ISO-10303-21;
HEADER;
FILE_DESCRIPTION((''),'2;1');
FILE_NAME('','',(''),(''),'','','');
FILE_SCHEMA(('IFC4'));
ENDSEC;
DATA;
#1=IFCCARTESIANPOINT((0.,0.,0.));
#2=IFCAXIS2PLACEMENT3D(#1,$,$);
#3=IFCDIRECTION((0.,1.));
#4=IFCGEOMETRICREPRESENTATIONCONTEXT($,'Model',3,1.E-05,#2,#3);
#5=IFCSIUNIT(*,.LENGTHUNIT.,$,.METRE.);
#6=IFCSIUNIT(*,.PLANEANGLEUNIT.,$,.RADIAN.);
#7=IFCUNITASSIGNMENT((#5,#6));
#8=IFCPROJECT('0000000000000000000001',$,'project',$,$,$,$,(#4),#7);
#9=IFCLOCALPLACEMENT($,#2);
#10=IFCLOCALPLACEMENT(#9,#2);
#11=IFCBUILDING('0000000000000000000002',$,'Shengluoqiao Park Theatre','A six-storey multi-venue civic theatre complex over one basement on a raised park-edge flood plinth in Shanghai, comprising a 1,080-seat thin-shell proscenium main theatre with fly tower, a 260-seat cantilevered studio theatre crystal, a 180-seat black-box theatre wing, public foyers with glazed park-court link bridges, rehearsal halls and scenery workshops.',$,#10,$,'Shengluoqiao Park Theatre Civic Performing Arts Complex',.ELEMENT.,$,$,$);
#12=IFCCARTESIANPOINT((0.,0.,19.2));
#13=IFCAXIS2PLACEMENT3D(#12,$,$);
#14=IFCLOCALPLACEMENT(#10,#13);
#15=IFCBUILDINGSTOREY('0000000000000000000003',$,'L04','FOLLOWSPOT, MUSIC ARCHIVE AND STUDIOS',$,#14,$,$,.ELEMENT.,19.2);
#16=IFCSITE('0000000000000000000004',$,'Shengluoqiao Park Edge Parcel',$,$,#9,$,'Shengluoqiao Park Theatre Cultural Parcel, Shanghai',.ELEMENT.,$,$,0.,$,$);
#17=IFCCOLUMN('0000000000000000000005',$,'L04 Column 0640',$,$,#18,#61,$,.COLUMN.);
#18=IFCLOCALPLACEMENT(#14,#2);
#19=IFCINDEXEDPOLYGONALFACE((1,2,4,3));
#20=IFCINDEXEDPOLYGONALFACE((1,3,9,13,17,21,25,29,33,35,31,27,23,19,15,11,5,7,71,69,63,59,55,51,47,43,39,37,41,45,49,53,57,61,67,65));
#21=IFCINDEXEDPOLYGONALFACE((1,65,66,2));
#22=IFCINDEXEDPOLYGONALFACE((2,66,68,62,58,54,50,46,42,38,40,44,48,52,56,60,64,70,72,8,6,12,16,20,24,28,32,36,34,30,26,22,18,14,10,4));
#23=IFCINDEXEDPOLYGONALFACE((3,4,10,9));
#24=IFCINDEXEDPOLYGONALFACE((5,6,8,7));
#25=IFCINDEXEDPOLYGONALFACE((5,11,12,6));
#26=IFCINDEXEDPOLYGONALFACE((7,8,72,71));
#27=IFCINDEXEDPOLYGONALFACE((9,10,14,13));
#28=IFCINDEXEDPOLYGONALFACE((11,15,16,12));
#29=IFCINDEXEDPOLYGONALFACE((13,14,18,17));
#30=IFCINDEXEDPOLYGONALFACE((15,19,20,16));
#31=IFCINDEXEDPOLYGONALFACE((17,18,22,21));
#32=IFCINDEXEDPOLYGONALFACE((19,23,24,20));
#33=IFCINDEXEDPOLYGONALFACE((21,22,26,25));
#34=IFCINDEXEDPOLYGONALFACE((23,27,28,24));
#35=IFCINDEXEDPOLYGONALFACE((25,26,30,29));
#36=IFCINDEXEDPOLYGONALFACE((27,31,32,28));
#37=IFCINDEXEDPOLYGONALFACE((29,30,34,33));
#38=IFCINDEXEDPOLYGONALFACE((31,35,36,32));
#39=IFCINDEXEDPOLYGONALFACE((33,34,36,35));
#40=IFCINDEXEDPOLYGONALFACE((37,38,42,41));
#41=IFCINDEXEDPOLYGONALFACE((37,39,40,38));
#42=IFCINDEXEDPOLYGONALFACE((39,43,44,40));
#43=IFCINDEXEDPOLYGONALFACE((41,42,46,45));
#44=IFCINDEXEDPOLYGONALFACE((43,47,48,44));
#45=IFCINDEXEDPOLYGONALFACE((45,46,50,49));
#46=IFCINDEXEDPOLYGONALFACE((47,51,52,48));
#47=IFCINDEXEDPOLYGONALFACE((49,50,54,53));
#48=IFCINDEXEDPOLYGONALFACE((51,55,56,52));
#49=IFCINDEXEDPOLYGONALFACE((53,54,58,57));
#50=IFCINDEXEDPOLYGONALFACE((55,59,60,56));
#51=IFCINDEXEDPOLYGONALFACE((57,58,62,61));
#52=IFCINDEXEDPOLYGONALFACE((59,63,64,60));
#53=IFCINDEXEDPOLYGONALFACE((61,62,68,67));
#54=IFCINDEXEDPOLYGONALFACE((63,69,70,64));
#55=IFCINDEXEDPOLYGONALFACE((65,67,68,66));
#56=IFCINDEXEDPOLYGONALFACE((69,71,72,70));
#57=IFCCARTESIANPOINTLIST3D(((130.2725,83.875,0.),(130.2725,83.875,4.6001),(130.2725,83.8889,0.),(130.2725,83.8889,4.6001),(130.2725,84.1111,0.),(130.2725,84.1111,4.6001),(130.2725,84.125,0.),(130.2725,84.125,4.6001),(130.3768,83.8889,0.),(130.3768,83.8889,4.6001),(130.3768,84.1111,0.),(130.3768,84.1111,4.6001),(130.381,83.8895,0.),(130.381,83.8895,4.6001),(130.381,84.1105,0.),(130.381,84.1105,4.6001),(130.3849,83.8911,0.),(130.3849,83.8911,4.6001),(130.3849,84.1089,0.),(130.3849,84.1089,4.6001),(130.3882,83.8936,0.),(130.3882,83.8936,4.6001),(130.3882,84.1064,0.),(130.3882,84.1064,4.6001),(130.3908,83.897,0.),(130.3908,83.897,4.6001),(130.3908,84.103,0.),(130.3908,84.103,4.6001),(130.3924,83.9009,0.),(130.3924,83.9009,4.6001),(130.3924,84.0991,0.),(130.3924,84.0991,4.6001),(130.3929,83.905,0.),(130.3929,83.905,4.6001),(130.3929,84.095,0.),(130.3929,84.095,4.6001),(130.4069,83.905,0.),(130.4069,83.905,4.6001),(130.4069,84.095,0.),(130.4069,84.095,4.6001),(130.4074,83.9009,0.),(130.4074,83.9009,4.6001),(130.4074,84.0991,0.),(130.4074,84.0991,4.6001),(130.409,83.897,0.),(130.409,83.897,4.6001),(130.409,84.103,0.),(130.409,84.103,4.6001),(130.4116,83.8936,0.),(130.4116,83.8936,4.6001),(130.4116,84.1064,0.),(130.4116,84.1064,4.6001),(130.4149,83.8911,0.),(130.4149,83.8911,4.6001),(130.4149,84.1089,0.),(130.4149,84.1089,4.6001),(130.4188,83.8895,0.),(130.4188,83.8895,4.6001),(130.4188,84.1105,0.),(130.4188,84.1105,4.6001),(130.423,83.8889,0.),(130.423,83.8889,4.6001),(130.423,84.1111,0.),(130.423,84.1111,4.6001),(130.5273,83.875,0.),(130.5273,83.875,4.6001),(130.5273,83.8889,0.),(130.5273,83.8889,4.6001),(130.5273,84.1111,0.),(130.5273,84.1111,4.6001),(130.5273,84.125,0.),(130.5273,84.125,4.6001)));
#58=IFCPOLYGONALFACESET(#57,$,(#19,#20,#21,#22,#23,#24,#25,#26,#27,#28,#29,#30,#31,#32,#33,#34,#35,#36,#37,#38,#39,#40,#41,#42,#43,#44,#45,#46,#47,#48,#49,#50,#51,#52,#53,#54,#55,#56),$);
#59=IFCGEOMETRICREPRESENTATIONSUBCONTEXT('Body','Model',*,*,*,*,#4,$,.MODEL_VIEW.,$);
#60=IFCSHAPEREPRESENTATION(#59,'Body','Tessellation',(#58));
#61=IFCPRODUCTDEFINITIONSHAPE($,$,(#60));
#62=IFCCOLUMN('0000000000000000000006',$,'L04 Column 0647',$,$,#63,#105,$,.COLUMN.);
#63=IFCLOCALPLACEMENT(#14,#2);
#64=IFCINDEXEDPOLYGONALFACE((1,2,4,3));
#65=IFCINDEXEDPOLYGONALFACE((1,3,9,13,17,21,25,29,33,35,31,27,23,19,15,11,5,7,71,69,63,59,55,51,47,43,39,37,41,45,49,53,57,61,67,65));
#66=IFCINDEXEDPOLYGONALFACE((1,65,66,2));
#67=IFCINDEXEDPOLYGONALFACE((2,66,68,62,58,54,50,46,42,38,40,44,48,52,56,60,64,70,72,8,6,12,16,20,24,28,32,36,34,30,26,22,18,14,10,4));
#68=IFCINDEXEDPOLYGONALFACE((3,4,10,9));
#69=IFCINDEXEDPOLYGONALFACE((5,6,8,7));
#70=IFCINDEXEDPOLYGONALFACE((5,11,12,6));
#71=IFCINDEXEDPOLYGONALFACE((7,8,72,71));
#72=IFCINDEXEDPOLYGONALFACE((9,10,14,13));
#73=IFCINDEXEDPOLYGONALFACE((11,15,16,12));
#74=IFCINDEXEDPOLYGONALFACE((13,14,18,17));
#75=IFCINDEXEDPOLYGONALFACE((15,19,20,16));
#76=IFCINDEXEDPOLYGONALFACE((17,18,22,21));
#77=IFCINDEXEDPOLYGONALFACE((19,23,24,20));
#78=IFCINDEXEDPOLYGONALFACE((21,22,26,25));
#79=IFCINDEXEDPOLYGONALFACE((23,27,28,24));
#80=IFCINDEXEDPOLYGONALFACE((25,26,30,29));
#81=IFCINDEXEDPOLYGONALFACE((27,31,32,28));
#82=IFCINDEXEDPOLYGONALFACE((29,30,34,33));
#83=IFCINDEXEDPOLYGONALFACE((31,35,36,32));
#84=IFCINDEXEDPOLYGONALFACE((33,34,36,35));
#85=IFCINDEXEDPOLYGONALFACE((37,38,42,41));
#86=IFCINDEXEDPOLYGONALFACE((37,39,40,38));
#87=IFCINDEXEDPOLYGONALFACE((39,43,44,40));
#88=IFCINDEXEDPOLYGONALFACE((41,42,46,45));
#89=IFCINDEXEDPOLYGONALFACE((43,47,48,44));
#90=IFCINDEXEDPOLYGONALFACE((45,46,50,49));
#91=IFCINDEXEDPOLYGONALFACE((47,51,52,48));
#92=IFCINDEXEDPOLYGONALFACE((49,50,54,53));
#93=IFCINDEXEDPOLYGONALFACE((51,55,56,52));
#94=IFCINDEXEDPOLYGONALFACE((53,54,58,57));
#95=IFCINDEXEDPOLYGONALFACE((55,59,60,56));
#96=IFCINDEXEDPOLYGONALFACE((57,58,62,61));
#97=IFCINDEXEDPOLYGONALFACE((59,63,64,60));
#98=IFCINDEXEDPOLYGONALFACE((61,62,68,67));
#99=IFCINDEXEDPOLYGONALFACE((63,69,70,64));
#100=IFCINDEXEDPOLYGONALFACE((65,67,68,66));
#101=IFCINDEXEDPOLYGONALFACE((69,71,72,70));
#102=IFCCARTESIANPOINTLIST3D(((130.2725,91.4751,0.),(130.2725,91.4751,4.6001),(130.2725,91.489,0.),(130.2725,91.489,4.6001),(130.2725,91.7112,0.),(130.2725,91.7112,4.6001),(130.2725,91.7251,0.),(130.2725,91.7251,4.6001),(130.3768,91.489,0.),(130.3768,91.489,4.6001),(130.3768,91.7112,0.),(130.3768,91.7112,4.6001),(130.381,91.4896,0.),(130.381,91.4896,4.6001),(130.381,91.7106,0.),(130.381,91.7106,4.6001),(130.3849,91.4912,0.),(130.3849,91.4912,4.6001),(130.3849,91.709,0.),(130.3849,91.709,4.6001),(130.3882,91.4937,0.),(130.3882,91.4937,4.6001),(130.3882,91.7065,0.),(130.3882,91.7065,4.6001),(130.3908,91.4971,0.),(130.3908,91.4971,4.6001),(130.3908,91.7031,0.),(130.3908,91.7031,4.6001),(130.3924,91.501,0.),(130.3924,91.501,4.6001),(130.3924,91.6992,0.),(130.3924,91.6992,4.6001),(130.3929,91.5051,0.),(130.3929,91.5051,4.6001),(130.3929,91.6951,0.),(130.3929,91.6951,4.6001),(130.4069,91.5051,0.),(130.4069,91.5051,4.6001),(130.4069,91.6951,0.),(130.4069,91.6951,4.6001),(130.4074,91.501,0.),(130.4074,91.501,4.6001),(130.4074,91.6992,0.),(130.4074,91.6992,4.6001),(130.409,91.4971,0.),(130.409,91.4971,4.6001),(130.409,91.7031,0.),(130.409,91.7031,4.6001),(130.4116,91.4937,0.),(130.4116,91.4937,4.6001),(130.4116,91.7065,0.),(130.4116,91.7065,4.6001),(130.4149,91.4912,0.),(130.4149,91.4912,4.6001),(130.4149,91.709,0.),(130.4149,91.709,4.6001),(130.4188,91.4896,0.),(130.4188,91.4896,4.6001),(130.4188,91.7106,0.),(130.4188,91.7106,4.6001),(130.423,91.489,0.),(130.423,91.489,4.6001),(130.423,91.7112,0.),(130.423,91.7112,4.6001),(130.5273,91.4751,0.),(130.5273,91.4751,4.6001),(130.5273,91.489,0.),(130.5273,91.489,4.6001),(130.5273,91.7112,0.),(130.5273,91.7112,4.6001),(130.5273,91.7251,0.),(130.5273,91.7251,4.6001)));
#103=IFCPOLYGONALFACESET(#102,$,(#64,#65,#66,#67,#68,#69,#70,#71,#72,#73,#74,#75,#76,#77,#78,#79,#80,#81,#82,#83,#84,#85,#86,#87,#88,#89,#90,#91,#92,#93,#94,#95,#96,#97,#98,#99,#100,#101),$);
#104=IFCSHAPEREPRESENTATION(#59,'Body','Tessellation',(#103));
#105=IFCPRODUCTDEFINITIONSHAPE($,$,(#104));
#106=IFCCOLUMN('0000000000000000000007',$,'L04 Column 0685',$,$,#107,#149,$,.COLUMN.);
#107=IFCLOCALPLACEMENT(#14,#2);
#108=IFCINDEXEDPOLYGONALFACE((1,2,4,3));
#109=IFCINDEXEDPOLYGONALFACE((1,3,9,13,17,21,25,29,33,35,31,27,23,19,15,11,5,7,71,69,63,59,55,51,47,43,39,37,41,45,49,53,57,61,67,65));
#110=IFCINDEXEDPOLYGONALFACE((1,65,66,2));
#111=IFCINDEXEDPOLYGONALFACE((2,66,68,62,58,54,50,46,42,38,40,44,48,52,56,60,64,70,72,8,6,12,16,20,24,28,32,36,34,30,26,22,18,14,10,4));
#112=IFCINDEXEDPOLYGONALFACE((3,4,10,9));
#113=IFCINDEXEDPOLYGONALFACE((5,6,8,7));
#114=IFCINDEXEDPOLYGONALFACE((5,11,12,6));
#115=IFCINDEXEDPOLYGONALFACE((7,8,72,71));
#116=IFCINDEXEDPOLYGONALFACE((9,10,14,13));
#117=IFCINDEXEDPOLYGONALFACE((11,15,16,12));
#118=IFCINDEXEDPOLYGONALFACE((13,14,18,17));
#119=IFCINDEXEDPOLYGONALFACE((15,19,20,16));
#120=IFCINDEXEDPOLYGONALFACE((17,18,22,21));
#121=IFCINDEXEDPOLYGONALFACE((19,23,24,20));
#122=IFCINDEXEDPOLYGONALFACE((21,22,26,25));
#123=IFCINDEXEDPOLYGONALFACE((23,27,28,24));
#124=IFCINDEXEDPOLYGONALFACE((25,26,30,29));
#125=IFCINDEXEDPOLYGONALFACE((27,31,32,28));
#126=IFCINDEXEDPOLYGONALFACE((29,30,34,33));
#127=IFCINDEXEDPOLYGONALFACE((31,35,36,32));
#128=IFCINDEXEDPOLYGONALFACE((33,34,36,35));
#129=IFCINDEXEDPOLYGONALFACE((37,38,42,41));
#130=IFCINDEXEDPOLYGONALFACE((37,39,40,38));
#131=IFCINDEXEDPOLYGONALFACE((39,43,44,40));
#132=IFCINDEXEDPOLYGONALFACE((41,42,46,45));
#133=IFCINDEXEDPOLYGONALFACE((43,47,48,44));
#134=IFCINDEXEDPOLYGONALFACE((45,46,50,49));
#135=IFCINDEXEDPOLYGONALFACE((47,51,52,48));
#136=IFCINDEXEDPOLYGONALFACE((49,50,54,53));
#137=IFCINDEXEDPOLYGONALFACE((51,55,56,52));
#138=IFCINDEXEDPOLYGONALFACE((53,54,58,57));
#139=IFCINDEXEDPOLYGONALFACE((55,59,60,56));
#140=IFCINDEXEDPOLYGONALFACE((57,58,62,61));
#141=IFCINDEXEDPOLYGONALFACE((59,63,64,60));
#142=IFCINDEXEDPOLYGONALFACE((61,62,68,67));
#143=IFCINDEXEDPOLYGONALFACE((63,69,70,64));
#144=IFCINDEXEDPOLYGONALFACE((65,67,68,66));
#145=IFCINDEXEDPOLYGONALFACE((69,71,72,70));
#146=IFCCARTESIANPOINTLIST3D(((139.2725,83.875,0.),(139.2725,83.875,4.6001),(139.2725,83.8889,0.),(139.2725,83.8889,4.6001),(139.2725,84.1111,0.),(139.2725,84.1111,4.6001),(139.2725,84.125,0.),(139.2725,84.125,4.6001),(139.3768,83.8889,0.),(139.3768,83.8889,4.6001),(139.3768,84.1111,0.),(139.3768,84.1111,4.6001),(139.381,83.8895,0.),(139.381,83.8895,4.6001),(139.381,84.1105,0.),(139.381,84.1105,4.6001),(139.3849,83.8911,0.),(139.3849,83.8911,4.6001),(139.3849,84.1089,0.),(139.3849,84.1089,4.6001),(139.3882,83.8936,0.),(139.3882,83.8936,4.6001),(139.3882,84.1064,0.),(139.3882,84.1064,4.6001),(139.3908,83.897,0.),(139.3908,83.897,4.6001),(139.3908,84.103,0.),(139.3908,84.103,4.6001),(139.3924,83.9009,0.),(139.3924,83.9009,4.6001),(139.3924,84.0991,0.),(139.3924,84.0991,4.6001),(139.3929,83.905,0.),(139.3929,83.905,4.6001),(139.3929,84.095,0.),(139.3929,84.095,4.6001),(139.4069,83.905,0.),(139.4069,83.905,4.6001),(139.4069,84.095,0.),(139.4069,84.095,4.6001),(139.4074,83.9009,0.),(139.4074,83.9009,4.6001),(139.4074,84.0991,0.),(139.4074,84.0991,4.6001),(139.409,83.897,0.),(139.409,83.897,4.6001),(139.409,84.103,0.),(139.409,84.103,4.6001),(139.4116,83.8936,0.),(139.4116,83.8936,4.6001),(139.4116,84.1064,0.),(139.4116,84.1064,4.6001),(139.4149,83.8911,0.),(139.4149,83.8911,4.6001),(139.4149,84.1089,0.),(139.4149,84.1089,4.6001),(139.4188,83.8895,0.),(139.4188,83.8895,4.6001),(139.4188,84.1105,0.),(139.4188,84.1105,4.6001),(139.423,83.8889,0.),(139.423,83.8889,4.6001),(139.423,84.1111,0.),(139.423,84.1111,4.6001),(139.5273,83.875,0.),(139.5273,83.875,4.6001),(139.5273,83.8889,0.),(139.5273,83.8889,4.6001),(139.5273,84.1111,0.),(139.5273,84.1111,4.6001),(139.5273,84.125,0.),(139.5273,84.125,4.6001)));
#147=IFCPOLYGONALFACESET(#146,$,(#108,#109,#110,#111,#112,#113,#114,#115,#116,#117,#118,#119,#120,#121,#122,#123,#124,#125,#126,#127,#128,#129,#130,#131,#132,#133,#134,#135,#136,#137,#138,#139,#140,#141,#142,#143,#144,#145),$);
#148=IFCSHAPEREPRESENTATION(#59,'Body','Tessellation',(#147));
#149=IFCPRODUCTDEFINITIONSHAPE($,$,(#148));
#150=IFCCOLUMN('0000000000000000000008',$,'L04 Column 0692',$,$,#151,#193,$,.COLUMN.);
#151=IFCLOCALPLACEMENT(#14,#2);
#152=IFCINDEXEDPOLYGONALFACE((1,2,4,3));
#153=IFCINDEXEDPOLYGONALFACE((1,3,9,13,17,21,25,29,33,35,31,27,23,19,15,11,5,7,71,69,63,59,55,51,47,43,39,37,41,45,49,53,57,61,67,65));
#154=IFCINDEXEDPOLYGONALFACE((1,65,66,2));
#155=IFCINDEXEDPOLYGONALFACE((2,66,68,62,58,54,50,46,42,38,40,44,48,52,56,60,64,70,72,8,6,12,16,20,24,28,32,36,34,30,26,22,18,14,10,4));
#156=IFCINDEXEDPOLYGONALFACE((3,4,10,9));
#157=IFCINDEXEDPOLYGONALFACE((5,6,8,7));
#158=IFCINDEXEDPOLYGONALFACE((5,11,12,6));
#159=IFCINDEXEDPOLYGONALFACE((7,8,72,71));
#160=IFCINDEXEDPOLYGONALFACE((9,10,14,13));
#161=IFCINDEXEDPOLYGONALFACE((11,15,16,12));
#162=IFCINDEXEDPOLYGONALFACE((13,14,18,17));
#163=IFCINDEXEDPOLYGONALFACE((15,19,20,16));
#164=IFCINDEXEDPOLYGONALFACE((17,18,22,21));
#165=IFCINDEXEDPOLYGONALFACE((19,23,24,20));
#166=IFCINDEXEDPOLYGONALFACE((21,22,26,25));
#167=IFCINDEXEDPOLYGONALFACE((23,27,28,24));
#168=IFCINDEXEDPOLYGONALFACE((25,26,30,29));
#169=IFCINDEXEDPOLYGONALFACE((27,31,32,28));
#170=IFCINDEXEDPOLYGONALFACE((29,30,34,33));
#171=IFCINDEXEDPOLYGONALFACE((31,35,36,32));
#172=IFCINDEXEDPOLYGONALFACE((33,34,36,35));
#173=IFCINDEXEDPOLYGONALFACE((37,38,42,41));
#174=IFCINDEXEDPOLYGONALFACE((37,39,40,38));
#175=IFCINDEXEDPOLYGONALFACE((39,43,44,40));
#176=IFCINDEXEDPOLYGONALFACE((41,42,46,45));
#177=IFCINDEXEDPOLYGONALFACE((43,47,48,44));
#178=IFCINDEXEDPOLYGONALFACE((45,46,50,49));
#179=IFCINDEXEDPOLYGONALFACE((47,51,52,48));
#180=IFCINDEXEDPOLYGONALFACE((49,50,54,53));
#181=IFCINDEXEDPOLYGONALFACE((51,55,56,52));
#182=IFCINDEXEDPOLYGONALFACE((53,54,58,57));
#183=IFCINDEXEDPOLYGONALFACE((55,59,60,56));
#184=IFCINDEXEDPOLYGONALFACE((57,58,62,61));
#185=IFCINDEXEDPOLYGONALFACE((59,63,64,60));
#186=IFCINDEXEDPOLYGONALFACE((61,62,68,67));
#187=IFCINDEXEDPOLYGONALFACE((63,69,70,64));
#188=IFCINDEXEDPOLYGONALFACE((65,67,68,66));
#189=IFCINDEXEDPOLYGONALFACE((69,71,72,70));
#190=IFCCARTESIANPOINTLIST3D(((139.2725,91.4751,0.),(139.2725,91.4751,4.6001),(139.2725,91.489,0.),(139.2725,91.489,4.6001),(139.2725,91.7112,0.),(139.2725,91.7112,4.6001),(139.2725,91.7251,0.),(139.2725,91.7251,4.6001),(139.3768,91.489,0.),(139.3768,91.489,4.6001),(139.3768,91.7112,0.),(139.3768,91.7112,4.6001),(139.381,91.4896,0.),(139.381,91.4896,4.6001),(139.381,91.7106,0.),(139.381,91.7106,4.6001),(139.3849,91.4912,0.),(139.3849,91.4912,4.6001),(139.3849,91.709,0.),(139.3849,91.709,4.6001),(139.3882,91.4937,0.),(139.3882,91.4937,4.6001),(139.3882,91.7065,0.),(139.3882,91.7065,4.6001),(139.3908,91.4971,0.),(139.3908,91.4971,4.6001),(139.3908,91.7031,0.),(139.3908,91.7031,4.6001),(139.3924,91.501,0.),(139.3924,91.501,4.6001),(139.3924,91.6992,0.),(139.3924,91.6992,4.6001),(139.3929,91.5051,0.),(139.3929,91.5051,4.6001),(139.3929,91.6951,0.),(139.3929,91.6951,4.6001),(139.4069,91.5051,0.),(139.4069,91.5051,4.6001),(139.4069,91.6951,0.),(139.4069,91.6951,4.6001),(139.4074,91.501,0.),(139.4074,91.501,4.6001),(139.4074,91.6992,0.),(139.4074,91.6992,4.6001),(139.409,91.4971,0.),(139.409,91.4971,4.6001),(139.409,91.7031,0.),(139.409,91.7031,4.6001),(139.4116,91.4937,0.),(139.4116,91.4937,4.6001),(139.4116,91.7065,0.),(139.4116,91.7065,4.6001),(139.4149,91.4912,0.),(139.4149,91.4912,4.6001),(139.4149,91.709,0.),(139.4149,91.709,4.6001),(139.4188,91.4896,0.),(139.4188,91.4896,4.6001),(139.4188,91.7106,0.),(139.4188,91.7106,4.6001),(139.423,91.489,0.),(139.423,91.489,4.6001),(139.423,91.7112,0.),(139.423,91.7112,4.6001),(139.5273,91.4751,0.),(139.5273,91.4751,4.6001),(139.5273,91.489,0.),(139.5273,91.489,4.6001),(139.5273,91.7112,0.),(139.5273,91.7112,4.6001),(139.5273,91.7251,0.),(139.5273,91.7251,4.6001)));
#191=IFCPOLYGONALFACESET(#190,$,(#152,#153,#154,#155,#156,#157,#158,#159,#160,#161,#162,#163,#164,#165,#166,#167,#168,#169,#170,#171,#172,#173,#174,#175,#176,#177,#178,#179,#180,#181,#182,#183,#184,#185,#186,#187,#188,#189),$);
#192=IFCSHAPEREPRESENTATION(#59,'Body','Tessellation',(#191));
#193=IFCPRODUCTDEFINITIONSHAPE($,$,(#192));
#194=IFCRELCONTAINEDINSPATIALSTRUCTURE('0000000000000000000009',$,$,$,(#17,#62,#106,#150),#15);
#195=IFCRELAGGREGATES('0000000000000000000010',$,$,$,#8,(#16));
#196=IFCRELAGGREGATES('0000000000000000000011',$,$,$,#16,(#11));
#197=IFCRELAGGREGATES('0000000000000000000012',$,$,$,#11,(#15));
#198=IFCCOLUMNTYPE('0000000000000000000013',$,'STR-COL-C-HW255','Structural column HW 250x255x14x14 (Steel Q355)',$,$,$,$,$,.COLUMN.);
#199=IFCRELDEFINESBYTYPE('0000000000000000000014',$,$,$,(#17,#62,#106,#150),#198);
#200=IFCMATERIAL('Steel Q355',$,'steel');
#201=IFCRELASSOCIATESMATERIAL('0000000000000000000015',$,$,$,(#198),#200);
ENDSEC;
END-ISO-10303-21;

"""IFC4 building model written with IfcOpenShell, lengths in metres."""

from ifc_helpers import new_model, si_unit, direction, frame, origin, origin_2d, place, context, subcontext, project, spatial, i_section, extrude, material, material_profile, profile_set, type_object, element, save


model = new_model("IFC4")

# Units and contexts
model_context = context("Model", 3, precision=1e-05, world=origin(), true_north=direction((0.0, 1.0)))
body_context = subcontext(model_context, "Body", "Model", "MODEL_VIEW")
ifc_project = project(units=[si_unit("LENGTHUNIT", "METRE"), si_unit("PLANEANGLEUNIT", "RADIAN")], contexts=[model_context])

# Site, building, storey
site_placement = place(None, origin())
site = spatial("IfcSite", under=ifc_project, at=site_placement, Name="Shengluoqiao Park Edge Parcel", LongName="Shengluoqiao Park Theatre Cultural Parcel, Shanghai", CompositionType="ELEMENT", RefElevation=0.0)
building_placement = place(site_placement, origin())
building = spatial("IfcBuilding", under=site, at=building_placement, Name="Shengluoqiao Park Theatre", Description="A six-storey multi-venue civic theatre complex over one basement on a raised park-edge flood plinth in Shanghai, comprising a 1,080-seat thin-shell proscenium main theatre with fly tower, a 260-seat cantilevered studio theatre crystal, a 180-seat black-box theatre wing, public foyers with glazed park-court link bridges, rehearsal halls and scenery workshops.", LongName="Shengluoqiao Park Theatre Civic Performing Arts Complex", CompositionType="ELEMENT")
storey_placement = place(building_placement, frame((0.0, 0.0, 19.2)))
storey = spatial("IfcBuildingStorey", under=building, at=storey_placement, Name="L04", Description="FOLLOWSPOT, MUSIC ARCHIVE AND STUDIOS", CompositionType="ELEMENT", Elevation=19.2)

# Columns
ifc_material_1 = material(Name="Steel Q355", Category="steel")
ifc_material_profile_1 = material_profile(ifc_material_1, i_section(OverallWidth=0.2549, OverallDepth=0.25, WebThickness=0.0139, FlangeThickness=0.0139, FilletRadius=0.0161, at=origin_2d()), Name="HW 250x255x14x14")
ifc_profile_set_1 = profile_set([ifc_material_profile_1], Name="Steel Q355")
column_type = type_object("IfcColumnType", Name="STR-COL-C-HW255", Description="Structural column HW 250x255x14x14 (Steel Q355)", PredefinedType="COLUMN", material=ifc_profile_set_1)
for number, where, z_axis, x_axis, name in (
    (1, (130.3999, 84.0, 0.0), (0.0, 0.0, 1.0), (1.0, 0.0, 0.0), "L04 Column 0640"),
    (2, (130.3999, 91.6001, 0.0), (0.0, 0.0, 1.0), (1.0, 0.0, 0.0), "L04 Column 0647"),
    (3, (139.3999, 84.0, 0.0), (0.0, 0.0, 1.0), (1.0, 0.0, 0.0), "L04 Column 0685"),
    (4, (139.3999, 91.6001, 0.0), (0.0, 0.0, 1.0), (1.0, 0.0, 0.0), "L04 Column 0692"),
):
    element("IfcColumn", number, at=place(storey_placement, frame(where, z_axis=z_axis, x_axis=x_axis)), inside=storey, type_object=column_type, Name=name, PredefinedType="COLUMN", context=body_context, shape_type="SweptSolid", body=[
        extrude(i_section(OverallWidth=0.2549, OverallDepth=0.25, WebThickness=0.0139, FlangeThickness=0.0139, FilletRadius=0.0161, at=origin_2d()), origin(), (0.0, 0.0, 1.0), 4.6001),
    ])

save(model, "model.ifc")
